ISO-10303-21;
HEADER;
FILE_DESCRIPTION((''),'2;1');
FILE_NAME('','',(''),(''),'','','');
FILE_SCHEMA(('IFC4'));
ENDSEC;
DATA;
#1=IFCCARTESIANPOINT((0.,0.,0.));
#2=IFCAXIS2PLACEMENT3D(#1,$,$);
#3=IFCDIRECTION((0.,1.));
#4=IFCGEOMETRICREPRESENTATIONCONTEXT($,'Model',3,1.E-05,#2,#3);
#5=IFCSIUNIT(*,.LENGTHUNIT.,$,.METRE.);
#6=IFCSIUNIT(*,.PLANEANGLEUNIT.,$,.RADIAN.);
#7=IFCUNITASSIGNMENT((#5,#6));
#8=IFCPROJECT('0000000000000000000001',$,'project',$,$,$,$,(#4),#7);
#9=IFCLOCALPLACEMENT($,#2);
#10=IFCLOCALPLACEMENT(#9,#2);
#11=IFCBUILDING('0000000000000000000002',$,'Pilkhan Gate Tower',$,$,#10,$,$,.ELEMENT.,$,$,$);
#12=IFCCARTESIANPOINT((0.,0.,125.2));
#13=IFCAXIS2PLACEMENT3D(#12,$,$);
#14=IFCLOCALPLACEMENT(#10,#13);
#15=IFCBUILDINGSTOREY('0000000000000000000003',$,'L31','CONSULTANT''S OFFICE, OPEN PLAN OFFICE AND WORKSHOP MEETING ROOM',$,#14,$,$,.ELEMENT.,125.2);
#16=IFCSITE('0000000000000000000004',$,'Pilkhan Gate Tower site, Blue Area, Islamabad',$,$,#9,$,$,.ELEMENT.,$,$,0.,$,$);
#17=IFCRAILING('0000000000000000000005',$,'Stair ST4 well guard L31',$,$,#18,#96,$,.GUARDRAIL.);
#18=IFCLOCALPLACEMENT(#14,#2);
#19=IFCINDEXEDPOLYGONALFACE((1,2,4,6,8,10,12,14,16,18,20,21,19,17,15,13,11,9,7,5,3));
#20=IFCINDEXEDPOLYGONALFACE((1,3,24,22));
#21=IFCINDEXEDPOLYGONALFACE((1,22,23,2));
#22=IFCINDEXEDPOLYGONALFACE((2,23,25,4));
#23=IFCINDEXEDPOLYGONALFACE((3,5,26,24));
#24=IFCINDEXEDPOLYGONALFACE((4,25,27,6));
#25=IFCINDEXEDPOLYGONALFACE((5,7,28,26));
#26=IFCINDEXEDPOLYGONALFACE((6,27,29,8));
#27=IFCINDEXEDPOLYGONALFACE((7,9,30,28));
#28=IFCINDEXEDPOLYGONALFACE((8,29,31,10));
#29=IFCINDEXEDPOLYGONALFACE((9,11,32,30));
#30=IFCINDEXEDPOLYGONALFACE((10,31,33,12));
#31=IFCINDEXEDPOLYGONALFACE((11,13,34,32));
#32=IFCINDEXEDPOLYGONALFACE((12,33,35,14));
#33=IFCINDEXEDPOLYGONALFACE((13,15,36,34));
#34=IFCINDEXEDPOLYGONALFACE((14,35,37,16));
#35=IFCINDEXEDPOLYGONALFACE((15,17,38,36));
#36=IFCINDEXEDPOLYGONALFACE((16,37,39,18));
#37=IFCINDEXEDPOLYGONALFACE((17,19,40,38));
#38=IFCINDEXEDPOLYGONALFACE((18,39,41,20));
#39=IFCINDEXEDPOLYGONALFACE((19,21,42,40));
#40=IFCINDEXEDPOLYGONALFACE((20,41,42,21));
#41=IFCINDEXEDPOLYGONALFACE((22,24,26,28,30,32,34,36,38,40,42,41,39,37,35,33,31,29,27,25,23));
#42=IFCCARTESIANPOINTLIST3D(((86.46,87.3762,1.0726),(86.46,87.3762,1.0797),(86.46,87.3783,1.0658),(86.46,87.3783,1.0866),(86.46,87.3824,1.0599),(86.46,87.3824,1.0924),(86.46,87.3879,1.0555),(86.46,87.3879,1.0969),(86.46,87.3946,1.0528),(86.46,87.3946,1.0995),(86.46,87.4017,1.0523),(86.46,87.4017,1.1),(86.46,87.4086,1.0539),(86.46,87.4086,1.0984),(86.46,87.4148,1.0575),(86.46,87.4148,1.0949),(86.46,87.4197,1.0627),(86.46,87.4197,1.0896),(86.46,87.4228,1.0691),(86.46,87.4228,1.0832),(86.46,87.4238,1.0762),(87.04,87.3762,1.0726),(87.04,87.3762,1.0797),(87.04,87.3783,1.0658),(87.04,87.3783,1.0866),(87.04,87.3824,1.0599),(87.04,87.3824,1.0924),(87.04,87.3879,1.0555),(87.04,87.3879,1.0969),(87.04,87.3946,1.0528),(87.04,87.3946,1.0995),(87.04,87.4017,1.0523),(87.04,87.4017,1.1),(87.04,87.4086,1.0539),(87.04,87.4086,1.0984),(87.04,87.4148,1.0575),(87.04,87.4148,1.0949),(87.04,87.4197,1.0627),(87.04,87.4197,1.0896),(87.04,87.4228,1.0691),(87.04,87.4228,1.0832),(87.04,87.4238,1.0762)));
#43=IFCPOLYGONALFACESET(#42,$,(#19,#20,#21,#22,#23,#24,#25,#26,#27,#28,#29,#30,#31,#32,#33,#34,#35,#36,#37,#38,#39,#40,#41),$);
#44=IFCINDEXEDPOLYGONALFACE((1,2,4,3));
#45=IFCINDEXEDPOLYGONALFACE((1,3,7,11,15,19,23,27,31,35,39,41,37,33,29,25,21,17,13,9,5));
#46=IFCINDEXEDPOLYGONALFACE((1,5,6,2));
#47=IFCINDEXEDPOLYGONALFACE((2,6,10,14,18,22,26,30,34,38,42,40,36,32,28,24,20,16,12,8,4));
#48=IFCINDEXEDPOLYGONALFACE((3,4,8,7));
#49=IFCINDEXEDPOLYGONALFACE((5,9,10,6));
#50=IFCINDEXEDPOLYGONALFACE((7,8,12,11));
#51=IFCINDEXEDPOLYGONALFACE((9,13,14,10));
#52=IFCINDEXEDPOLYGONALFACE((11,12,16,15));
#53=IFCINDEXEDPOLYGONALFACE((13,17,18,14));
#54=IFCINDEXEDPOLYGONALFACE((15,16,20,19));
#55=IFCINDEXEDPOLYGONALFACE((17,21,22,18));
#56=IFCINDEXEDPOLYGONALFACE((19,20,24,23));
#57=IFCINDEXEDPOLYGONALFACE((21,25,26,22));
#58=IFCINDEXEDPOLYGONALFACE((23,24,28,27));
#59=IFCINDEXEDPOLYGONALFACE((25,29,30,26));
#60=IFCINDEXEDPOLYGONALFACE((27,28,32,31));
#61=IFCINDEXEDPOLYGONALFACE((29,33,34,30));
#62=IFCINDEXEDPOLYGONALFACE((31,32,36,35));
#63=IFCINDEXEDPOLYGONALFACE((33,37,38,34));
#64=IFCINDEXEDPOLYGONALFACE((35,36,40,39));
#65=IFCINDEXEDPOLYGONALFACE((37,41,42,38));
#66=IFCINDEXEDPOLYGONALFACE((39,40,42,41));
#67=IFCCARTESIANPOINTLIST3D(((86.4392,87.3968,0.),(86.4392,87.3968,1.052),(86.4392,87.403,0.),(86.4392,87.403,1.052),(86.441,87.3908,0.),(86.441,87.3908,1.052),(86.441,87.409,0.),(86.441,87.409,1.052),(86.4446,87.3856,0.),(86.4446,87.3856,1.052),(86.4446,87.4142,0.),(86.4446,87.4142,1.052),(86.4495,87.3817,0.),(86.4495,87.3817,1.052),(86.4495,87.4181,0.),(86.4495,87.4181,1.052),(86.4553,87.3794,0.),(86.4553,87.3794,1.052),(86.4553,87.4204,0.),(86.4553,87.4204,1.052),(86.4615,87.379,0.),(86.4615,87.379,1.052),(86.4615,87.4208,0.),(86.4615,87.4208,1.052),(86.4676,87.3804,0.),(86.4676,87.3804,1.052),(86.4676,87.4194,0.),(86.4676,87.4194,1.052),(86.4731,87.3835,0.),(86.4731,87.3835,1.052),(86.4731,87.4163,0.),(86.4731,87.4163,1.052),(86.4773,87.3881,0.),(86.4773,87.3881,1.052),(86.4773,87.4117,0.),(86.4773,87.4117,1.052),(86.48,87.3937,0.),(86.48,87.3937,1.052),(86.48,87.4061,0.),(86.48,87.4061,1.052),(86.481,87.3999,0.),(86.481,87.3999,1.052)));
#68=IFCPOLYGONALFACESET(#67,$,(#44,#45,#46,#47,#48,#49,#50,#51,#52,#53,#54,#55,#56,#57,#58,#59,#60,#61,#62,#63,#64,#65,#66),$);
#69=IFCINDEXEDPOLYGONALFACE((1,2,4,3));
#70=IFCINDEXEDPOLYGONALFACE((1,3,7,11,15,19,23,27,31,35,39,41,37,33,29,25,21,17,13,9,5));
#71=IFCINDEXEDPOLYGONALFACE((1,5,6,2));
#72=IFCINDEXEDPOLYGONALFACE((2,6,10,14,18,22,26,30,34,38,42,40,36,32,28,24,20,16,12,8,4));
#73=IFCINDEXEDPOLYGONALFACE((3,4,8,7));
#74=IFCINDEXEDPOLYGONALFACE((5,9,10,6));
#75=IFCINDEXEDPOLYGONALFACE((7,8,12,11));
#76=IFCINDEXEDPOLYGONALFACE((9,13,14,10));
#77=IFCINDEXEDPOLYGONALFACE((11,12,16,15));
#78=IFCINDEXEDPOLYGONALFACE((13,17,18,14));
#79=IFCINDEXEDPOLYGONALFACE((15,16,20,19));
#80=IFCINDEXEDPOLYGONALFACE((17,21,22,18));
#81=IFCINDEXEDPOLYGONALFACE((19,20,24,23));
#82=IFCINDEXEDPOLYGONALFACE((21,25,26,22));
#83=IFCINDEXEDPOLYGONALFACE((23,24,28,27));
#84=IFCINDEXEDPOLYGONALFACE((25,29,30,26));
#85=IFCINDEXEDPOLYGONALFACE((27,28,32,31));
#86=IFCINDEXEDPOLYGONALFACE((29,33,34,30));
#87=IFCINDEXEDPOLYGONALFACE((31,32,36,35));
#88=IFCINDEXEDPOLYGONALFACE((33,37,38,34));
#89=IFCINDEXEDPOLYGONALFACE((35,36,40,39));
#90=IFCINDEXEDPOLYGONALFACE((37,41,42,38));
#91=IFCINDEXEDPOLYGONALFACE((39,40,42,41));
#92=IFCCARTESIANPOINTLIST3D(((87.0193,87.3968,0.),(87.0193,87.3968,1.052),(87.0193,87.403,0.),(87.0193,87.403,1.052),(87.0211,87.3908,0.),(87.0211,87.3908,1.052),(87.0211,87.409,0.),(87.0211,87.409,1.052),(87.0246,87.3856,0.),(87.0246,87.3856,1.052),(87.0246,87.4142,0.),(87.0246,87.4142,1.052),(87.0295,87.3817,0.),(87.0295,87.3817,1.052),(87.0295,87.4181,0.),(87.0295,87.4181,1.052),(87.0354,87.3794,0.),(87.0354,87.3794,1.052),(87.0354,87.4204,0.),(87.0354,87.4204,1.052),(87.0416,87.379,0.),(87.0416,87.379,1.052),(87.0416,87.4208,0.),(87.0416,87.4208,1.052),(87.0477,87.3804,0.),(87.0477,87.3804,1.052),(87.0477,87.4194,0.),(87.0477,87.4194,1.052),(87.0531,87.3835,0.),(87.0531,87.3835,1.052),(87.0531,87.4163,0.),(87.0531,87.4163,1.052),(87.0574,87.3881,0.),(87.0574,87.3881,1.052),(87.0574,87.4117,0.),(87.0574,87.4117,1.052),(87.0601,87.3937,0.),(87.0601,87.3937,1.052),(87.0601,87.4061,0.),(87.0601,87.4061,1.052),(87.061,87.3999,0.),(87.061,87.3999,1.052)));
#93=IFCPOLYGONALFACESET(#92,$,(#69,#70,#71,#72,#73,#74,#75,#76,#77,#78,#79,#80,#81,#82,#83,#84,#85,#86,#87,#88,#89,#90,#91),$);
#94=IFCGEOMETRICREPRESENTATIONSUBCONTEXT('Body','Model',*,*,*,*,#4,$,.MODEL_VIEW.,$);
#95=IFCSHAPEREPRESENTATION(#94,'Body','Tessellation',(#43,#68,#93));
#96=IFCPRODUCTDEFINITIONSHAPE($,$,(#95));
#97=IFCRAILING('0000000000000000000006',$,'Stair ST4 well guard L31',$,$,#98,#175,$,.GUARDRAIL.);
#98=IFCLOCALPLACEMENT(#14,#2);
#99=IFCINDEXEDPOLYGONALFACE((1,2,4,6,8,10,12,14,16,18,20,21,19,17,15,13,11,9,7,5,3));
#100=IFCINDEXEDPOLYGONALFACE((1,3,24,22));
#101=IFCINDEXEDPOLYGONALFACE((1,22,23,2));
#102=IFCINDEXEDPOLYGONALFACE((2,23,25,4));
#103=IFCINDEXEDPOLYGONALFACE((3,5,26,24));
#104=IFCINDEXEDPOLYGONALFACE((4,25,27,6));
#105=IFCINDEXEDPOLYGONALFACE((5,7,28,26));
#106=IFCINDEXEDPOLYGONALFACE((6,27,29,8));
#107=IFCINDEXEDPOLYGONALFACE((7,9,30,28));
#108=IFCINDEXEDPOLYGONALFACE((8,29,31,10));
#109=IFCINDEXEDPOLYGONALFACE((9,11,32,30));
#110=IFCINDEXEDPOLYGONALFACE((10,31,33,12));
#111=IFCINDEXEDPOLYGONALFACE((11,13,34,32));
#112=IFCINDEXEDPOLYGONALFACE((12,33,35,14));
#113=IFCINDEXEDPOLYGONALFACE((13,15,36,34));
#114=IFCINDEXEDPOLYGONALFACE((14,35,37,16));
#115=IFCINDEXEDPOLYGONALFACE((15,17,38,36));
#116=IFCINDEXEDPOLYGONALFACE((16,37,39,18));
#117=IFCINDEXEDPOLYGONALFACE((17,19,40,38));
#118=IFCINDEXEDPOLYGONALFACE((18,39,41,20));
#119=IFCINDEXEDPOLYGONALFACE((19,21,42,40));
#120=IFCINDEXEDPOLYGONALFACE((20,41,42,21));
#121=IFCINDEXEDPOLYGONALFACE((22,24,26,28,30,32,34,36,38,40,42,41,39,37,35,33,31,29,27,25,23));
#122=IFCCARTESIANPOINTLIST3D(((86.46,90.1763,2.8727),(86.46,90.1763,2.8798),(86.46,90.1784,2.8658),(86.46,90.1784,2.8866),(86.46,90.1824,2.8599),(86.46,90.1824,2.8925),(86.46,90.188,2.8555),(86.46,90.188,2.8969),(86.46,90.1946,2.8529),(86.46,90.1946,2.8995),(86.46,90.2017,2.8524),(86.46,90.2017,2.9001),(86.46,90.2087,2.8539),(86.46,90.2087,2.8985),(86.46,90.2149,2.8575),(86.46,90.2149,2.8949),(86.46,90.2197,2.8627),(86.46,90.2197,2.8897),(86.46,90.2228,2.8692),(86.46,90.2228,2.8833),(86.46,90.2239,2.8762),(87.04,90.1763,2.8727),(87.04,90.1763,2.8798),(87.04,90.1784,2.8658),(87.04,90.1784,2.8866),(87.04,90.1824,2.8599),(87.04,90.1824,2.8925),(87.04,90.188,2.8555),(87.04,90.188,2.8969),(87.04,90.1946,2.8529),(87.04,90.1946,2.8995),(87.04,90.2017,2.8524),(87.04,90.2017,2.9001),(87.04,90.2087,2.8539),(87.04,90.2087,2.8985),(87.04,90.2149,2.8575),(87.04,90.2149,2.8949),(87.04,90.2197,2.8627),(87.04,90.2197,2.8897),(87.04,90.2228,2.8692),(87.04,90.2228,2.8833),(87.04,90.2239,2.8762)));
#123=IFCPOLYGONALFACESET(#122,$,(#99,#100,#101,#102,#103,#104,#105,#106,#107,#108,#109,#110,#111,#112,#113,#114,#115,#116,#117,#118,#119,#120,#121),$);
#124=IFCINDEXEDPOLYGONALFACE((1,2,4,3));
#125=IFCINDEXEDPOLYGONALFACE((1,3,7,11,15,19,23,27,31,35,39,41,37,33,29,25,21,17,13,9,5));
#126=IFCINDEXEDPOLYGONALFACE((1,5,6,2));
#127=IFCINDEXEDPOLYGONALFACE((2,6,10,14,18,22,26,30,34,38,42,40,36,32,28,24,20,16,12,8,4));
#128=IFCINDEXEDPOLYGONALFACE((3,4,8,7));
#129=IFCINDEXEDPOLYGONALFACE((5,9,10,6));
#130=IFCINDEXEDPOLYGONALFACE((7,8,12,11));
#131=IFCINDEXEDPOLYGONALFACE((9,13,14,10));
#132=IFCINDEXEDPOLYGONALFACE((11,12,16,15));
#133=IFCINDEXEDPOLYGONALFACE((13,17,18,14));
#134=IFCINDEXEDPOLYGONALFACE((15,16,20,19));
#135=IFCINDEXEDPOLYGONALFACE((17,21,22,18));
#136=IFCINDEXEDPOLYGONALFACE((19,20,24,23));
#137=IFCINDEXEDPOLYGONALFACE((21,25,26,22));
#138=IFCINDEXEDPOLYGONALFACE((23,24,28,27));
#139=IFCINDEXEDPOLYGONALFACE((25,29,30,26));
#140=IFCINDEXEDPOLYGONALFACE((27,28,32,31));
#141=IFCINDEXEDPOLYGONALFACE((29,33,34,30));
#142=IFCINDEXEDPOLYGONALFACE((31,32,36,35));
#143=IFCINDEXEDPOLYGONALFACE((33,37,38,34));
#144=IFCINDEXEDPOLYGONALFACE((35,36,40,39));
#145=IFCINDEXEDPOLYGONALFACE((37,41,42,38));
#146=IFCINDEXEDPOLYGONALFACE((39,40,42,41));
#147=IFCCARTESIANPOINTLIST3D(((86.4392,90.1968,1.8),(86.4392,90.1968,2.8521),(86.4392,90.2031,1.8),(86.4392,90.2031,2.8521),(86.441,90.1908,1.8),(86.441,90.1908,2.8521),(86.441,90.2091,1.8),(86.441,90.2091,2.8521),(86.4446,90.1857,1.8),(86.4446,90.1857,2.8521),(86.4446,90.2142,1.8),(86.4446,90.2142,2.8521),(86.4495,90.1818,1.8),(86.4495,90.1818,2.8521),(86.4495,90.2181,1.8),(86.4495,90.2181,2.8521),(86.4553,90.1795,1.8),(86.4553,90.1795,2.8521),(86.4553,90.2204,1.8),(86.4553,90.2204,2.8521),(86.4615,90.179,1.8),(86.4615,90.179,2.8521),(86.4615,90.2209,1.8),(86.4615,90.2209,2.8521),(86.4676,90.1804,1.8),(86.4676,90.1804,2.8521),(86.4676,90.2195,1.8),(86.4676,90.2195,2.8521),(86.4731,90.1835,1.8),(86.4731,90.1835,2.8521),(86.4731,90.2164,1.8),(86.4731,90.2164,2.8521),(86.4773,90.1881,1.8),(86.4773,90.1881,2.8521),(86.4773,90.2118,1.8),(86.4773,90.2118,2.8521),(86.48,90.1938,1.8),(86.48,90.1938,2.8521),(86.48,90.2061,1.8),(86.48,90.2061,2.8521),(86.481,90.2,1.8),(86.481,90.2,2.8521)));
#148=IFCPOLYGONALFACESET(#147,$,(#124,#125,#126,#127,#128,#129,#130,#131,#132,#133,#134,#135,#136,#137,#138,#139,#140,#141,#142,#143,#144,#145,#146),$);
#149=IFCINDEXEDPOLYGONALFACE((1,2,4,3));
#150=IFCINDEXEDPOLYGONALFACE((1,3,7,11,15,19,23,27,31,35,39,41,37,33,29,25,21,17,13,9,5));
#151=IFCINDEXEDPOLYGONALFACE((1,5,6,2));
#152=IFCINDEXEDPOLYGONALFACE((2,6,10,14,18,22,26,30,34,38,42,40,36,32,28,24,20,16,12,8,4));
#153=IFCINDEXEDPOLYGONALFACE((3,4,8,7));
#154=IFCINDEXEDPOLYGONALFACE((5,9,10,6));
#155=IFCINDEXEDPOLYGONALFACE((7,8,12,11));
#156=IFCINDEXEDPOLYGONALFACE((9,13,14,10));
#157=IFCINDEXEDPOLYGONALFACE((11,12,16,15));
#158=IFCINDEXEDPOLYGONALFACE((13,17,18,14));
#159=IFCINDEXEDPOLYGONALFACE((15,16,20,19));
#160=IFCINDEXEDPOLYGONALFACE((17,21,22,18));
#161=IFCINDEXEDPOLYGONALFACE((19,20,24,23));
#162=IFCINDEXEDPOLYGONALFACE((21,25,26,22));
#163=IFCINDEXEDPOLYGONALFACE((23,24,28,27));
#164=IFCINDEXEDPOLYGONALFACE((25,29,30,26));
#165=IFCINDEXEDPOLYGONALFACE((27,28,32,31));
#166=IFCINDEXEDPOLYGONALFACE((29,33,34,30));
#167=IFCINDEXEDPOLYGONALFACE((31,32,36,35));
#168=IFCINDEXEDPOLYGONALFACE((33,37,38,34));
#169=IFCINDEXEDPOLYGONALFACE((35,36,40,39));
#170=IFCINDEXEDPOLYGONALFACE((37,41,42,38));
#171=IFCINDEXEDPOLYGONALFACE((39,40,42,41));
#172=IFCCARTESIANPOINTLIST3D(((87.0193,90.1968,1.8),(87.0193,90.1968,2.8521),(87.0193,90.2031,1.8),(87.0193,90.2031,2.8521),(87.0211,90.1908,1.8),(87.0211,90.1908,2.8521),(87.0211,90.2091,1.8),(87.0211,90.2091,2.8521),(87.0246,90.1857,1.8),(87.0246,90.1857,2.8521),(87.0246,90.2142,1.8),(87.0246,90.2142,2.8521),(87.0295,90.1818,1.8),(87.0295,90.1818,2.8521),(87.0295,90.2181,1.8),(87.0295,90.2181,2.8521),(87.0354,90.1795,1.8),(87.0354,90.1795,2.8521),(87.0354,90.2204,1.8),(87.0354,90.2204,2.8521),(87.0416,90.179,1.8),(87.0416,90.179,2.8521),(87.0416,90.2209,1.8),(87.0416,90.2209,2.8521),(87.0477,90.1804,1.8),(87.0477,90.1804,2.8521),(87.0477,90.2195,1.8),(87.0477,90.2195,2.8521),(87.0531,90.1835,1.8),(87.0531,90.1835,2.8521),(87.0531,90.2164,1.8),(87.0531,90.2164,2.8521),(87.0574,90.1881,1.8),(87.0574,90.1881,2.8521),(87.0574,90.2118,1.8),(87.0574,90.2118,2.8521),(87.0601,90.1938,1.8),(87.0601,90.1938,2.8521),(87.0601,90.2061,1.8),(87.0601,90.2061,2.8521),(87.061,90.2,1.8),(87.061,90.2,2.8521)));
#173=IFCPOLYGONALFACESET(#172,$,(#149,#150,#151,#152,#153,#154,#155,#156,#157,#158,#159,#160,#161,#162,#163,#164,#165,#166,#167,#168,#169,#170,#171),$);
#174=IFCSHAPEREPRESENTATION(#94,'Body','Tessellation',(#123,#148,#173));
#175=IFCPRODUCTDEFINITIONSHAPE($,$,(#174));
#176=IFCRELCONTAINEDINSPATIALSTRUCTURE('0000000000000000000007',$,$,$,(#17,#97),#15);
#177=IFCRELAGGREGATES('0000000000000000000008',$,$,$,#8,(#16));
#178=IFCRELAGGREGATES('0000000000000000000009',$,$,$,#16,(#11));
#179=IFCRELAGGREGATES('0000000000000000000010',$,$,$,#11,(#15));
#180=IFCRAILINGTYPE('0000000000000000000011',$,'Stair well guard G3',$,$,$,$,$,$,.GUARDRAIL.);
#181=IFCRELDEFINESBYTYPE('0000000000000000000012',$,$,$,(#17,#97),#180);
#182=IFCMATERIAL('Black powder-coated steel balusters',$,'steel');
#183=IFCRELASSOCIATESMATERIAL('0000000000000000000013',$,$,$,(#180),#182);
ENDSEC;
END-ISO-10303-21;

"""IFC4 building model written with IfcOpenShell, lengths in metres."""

from ifc_helpers import new_model, si_unit, direction, frame, origin, origin_2d, place, context, subcontext, project, spatial, circle, extrude, material, type_object, element, save


model = new_model("IFC4")

# Units and contexts
model_context = context("Model", 3, precision=1e-05, world=origin(), true_north=direction((0.0, 1.0)))
body_context = subcontext(model_context, "Body", "Model", "MODEL_VIEW")
ifc_project = project(units=[si_unit("LENGTHUNIT", "METRE"), si_unit("PLANEANGLEUNIT", "RADIAN")], contexts=[model_context])

# Site, building, storey
site_placement = place(None, origin())
site = spatial("IfcSite", under=ifc_project, at=site_placement, Name="Pilkhan Gate Tower site, Blue Area, Islamabad", CompositionType="ELEMENT", RefElevation=0.0)
building_placement = place(site_placement, origin())
building = spatial("IfcBuilding", under=site, at=building_placement, Name="Pilkhan Gate Tower", CompositionType="ELEMENT")
storey_placement = place(building_placement, frame((0.0, 0.0, 125.2)))
storey = spatial("IfcBuildingStorey", under=building, at=storey_placement, Name="L31", Description="CONSULTANT'S OFFICE, OPEN PLAN OFFICE AND WORKSHOP MEETING ROOM", CompositionType="ELEMENT", Elevation=125.2)

# Railings
ifc_material_1 = material(Name="Black powder-coated steel balusters", Category="steel")
railing_type_1 = type_object("IfcRailingType", Name="Stair well guard G3", PredefinedType="GUARDRAIL", material=ifc_material_1)
for number, where, name in (
    (1, (86.46, 87.3999, 0.0), "Stair ST4 well guard L31"),
    (2, (86.46, 90.2, 1.8), "Stair ST4 well guard L31"),
):
    element("IfcRailing", number, at=place(storey_placement, frame(where)), inside=storey, type_object=railing_type_1, Name=name, PredefinedType="GUARDRAIL", context=body_context, shape_type="SweptSolid", body=[
        extrude(circle(Radius=0.0239, at=origin_2d()), frame((0.0, 0.0, 1.0762), z_axis=(1.0, 0.0, 0.0), x_axis=(0.0, 1.0, 0.0)), (0.0, 0.0, 1.0), 0.5801),
        extrude(circle(Radius=0.021, at=origin_2d()), origin(), (0.0, 0.0, 1.0), 1.052),
        extrude(circle(Radius=0.021, at=origin_2d()), frame((0.5801, 0.0, 0.0)), (0.0, 0.0, 1.0), 1.052),
    ])

save(model, "model.ifc")
